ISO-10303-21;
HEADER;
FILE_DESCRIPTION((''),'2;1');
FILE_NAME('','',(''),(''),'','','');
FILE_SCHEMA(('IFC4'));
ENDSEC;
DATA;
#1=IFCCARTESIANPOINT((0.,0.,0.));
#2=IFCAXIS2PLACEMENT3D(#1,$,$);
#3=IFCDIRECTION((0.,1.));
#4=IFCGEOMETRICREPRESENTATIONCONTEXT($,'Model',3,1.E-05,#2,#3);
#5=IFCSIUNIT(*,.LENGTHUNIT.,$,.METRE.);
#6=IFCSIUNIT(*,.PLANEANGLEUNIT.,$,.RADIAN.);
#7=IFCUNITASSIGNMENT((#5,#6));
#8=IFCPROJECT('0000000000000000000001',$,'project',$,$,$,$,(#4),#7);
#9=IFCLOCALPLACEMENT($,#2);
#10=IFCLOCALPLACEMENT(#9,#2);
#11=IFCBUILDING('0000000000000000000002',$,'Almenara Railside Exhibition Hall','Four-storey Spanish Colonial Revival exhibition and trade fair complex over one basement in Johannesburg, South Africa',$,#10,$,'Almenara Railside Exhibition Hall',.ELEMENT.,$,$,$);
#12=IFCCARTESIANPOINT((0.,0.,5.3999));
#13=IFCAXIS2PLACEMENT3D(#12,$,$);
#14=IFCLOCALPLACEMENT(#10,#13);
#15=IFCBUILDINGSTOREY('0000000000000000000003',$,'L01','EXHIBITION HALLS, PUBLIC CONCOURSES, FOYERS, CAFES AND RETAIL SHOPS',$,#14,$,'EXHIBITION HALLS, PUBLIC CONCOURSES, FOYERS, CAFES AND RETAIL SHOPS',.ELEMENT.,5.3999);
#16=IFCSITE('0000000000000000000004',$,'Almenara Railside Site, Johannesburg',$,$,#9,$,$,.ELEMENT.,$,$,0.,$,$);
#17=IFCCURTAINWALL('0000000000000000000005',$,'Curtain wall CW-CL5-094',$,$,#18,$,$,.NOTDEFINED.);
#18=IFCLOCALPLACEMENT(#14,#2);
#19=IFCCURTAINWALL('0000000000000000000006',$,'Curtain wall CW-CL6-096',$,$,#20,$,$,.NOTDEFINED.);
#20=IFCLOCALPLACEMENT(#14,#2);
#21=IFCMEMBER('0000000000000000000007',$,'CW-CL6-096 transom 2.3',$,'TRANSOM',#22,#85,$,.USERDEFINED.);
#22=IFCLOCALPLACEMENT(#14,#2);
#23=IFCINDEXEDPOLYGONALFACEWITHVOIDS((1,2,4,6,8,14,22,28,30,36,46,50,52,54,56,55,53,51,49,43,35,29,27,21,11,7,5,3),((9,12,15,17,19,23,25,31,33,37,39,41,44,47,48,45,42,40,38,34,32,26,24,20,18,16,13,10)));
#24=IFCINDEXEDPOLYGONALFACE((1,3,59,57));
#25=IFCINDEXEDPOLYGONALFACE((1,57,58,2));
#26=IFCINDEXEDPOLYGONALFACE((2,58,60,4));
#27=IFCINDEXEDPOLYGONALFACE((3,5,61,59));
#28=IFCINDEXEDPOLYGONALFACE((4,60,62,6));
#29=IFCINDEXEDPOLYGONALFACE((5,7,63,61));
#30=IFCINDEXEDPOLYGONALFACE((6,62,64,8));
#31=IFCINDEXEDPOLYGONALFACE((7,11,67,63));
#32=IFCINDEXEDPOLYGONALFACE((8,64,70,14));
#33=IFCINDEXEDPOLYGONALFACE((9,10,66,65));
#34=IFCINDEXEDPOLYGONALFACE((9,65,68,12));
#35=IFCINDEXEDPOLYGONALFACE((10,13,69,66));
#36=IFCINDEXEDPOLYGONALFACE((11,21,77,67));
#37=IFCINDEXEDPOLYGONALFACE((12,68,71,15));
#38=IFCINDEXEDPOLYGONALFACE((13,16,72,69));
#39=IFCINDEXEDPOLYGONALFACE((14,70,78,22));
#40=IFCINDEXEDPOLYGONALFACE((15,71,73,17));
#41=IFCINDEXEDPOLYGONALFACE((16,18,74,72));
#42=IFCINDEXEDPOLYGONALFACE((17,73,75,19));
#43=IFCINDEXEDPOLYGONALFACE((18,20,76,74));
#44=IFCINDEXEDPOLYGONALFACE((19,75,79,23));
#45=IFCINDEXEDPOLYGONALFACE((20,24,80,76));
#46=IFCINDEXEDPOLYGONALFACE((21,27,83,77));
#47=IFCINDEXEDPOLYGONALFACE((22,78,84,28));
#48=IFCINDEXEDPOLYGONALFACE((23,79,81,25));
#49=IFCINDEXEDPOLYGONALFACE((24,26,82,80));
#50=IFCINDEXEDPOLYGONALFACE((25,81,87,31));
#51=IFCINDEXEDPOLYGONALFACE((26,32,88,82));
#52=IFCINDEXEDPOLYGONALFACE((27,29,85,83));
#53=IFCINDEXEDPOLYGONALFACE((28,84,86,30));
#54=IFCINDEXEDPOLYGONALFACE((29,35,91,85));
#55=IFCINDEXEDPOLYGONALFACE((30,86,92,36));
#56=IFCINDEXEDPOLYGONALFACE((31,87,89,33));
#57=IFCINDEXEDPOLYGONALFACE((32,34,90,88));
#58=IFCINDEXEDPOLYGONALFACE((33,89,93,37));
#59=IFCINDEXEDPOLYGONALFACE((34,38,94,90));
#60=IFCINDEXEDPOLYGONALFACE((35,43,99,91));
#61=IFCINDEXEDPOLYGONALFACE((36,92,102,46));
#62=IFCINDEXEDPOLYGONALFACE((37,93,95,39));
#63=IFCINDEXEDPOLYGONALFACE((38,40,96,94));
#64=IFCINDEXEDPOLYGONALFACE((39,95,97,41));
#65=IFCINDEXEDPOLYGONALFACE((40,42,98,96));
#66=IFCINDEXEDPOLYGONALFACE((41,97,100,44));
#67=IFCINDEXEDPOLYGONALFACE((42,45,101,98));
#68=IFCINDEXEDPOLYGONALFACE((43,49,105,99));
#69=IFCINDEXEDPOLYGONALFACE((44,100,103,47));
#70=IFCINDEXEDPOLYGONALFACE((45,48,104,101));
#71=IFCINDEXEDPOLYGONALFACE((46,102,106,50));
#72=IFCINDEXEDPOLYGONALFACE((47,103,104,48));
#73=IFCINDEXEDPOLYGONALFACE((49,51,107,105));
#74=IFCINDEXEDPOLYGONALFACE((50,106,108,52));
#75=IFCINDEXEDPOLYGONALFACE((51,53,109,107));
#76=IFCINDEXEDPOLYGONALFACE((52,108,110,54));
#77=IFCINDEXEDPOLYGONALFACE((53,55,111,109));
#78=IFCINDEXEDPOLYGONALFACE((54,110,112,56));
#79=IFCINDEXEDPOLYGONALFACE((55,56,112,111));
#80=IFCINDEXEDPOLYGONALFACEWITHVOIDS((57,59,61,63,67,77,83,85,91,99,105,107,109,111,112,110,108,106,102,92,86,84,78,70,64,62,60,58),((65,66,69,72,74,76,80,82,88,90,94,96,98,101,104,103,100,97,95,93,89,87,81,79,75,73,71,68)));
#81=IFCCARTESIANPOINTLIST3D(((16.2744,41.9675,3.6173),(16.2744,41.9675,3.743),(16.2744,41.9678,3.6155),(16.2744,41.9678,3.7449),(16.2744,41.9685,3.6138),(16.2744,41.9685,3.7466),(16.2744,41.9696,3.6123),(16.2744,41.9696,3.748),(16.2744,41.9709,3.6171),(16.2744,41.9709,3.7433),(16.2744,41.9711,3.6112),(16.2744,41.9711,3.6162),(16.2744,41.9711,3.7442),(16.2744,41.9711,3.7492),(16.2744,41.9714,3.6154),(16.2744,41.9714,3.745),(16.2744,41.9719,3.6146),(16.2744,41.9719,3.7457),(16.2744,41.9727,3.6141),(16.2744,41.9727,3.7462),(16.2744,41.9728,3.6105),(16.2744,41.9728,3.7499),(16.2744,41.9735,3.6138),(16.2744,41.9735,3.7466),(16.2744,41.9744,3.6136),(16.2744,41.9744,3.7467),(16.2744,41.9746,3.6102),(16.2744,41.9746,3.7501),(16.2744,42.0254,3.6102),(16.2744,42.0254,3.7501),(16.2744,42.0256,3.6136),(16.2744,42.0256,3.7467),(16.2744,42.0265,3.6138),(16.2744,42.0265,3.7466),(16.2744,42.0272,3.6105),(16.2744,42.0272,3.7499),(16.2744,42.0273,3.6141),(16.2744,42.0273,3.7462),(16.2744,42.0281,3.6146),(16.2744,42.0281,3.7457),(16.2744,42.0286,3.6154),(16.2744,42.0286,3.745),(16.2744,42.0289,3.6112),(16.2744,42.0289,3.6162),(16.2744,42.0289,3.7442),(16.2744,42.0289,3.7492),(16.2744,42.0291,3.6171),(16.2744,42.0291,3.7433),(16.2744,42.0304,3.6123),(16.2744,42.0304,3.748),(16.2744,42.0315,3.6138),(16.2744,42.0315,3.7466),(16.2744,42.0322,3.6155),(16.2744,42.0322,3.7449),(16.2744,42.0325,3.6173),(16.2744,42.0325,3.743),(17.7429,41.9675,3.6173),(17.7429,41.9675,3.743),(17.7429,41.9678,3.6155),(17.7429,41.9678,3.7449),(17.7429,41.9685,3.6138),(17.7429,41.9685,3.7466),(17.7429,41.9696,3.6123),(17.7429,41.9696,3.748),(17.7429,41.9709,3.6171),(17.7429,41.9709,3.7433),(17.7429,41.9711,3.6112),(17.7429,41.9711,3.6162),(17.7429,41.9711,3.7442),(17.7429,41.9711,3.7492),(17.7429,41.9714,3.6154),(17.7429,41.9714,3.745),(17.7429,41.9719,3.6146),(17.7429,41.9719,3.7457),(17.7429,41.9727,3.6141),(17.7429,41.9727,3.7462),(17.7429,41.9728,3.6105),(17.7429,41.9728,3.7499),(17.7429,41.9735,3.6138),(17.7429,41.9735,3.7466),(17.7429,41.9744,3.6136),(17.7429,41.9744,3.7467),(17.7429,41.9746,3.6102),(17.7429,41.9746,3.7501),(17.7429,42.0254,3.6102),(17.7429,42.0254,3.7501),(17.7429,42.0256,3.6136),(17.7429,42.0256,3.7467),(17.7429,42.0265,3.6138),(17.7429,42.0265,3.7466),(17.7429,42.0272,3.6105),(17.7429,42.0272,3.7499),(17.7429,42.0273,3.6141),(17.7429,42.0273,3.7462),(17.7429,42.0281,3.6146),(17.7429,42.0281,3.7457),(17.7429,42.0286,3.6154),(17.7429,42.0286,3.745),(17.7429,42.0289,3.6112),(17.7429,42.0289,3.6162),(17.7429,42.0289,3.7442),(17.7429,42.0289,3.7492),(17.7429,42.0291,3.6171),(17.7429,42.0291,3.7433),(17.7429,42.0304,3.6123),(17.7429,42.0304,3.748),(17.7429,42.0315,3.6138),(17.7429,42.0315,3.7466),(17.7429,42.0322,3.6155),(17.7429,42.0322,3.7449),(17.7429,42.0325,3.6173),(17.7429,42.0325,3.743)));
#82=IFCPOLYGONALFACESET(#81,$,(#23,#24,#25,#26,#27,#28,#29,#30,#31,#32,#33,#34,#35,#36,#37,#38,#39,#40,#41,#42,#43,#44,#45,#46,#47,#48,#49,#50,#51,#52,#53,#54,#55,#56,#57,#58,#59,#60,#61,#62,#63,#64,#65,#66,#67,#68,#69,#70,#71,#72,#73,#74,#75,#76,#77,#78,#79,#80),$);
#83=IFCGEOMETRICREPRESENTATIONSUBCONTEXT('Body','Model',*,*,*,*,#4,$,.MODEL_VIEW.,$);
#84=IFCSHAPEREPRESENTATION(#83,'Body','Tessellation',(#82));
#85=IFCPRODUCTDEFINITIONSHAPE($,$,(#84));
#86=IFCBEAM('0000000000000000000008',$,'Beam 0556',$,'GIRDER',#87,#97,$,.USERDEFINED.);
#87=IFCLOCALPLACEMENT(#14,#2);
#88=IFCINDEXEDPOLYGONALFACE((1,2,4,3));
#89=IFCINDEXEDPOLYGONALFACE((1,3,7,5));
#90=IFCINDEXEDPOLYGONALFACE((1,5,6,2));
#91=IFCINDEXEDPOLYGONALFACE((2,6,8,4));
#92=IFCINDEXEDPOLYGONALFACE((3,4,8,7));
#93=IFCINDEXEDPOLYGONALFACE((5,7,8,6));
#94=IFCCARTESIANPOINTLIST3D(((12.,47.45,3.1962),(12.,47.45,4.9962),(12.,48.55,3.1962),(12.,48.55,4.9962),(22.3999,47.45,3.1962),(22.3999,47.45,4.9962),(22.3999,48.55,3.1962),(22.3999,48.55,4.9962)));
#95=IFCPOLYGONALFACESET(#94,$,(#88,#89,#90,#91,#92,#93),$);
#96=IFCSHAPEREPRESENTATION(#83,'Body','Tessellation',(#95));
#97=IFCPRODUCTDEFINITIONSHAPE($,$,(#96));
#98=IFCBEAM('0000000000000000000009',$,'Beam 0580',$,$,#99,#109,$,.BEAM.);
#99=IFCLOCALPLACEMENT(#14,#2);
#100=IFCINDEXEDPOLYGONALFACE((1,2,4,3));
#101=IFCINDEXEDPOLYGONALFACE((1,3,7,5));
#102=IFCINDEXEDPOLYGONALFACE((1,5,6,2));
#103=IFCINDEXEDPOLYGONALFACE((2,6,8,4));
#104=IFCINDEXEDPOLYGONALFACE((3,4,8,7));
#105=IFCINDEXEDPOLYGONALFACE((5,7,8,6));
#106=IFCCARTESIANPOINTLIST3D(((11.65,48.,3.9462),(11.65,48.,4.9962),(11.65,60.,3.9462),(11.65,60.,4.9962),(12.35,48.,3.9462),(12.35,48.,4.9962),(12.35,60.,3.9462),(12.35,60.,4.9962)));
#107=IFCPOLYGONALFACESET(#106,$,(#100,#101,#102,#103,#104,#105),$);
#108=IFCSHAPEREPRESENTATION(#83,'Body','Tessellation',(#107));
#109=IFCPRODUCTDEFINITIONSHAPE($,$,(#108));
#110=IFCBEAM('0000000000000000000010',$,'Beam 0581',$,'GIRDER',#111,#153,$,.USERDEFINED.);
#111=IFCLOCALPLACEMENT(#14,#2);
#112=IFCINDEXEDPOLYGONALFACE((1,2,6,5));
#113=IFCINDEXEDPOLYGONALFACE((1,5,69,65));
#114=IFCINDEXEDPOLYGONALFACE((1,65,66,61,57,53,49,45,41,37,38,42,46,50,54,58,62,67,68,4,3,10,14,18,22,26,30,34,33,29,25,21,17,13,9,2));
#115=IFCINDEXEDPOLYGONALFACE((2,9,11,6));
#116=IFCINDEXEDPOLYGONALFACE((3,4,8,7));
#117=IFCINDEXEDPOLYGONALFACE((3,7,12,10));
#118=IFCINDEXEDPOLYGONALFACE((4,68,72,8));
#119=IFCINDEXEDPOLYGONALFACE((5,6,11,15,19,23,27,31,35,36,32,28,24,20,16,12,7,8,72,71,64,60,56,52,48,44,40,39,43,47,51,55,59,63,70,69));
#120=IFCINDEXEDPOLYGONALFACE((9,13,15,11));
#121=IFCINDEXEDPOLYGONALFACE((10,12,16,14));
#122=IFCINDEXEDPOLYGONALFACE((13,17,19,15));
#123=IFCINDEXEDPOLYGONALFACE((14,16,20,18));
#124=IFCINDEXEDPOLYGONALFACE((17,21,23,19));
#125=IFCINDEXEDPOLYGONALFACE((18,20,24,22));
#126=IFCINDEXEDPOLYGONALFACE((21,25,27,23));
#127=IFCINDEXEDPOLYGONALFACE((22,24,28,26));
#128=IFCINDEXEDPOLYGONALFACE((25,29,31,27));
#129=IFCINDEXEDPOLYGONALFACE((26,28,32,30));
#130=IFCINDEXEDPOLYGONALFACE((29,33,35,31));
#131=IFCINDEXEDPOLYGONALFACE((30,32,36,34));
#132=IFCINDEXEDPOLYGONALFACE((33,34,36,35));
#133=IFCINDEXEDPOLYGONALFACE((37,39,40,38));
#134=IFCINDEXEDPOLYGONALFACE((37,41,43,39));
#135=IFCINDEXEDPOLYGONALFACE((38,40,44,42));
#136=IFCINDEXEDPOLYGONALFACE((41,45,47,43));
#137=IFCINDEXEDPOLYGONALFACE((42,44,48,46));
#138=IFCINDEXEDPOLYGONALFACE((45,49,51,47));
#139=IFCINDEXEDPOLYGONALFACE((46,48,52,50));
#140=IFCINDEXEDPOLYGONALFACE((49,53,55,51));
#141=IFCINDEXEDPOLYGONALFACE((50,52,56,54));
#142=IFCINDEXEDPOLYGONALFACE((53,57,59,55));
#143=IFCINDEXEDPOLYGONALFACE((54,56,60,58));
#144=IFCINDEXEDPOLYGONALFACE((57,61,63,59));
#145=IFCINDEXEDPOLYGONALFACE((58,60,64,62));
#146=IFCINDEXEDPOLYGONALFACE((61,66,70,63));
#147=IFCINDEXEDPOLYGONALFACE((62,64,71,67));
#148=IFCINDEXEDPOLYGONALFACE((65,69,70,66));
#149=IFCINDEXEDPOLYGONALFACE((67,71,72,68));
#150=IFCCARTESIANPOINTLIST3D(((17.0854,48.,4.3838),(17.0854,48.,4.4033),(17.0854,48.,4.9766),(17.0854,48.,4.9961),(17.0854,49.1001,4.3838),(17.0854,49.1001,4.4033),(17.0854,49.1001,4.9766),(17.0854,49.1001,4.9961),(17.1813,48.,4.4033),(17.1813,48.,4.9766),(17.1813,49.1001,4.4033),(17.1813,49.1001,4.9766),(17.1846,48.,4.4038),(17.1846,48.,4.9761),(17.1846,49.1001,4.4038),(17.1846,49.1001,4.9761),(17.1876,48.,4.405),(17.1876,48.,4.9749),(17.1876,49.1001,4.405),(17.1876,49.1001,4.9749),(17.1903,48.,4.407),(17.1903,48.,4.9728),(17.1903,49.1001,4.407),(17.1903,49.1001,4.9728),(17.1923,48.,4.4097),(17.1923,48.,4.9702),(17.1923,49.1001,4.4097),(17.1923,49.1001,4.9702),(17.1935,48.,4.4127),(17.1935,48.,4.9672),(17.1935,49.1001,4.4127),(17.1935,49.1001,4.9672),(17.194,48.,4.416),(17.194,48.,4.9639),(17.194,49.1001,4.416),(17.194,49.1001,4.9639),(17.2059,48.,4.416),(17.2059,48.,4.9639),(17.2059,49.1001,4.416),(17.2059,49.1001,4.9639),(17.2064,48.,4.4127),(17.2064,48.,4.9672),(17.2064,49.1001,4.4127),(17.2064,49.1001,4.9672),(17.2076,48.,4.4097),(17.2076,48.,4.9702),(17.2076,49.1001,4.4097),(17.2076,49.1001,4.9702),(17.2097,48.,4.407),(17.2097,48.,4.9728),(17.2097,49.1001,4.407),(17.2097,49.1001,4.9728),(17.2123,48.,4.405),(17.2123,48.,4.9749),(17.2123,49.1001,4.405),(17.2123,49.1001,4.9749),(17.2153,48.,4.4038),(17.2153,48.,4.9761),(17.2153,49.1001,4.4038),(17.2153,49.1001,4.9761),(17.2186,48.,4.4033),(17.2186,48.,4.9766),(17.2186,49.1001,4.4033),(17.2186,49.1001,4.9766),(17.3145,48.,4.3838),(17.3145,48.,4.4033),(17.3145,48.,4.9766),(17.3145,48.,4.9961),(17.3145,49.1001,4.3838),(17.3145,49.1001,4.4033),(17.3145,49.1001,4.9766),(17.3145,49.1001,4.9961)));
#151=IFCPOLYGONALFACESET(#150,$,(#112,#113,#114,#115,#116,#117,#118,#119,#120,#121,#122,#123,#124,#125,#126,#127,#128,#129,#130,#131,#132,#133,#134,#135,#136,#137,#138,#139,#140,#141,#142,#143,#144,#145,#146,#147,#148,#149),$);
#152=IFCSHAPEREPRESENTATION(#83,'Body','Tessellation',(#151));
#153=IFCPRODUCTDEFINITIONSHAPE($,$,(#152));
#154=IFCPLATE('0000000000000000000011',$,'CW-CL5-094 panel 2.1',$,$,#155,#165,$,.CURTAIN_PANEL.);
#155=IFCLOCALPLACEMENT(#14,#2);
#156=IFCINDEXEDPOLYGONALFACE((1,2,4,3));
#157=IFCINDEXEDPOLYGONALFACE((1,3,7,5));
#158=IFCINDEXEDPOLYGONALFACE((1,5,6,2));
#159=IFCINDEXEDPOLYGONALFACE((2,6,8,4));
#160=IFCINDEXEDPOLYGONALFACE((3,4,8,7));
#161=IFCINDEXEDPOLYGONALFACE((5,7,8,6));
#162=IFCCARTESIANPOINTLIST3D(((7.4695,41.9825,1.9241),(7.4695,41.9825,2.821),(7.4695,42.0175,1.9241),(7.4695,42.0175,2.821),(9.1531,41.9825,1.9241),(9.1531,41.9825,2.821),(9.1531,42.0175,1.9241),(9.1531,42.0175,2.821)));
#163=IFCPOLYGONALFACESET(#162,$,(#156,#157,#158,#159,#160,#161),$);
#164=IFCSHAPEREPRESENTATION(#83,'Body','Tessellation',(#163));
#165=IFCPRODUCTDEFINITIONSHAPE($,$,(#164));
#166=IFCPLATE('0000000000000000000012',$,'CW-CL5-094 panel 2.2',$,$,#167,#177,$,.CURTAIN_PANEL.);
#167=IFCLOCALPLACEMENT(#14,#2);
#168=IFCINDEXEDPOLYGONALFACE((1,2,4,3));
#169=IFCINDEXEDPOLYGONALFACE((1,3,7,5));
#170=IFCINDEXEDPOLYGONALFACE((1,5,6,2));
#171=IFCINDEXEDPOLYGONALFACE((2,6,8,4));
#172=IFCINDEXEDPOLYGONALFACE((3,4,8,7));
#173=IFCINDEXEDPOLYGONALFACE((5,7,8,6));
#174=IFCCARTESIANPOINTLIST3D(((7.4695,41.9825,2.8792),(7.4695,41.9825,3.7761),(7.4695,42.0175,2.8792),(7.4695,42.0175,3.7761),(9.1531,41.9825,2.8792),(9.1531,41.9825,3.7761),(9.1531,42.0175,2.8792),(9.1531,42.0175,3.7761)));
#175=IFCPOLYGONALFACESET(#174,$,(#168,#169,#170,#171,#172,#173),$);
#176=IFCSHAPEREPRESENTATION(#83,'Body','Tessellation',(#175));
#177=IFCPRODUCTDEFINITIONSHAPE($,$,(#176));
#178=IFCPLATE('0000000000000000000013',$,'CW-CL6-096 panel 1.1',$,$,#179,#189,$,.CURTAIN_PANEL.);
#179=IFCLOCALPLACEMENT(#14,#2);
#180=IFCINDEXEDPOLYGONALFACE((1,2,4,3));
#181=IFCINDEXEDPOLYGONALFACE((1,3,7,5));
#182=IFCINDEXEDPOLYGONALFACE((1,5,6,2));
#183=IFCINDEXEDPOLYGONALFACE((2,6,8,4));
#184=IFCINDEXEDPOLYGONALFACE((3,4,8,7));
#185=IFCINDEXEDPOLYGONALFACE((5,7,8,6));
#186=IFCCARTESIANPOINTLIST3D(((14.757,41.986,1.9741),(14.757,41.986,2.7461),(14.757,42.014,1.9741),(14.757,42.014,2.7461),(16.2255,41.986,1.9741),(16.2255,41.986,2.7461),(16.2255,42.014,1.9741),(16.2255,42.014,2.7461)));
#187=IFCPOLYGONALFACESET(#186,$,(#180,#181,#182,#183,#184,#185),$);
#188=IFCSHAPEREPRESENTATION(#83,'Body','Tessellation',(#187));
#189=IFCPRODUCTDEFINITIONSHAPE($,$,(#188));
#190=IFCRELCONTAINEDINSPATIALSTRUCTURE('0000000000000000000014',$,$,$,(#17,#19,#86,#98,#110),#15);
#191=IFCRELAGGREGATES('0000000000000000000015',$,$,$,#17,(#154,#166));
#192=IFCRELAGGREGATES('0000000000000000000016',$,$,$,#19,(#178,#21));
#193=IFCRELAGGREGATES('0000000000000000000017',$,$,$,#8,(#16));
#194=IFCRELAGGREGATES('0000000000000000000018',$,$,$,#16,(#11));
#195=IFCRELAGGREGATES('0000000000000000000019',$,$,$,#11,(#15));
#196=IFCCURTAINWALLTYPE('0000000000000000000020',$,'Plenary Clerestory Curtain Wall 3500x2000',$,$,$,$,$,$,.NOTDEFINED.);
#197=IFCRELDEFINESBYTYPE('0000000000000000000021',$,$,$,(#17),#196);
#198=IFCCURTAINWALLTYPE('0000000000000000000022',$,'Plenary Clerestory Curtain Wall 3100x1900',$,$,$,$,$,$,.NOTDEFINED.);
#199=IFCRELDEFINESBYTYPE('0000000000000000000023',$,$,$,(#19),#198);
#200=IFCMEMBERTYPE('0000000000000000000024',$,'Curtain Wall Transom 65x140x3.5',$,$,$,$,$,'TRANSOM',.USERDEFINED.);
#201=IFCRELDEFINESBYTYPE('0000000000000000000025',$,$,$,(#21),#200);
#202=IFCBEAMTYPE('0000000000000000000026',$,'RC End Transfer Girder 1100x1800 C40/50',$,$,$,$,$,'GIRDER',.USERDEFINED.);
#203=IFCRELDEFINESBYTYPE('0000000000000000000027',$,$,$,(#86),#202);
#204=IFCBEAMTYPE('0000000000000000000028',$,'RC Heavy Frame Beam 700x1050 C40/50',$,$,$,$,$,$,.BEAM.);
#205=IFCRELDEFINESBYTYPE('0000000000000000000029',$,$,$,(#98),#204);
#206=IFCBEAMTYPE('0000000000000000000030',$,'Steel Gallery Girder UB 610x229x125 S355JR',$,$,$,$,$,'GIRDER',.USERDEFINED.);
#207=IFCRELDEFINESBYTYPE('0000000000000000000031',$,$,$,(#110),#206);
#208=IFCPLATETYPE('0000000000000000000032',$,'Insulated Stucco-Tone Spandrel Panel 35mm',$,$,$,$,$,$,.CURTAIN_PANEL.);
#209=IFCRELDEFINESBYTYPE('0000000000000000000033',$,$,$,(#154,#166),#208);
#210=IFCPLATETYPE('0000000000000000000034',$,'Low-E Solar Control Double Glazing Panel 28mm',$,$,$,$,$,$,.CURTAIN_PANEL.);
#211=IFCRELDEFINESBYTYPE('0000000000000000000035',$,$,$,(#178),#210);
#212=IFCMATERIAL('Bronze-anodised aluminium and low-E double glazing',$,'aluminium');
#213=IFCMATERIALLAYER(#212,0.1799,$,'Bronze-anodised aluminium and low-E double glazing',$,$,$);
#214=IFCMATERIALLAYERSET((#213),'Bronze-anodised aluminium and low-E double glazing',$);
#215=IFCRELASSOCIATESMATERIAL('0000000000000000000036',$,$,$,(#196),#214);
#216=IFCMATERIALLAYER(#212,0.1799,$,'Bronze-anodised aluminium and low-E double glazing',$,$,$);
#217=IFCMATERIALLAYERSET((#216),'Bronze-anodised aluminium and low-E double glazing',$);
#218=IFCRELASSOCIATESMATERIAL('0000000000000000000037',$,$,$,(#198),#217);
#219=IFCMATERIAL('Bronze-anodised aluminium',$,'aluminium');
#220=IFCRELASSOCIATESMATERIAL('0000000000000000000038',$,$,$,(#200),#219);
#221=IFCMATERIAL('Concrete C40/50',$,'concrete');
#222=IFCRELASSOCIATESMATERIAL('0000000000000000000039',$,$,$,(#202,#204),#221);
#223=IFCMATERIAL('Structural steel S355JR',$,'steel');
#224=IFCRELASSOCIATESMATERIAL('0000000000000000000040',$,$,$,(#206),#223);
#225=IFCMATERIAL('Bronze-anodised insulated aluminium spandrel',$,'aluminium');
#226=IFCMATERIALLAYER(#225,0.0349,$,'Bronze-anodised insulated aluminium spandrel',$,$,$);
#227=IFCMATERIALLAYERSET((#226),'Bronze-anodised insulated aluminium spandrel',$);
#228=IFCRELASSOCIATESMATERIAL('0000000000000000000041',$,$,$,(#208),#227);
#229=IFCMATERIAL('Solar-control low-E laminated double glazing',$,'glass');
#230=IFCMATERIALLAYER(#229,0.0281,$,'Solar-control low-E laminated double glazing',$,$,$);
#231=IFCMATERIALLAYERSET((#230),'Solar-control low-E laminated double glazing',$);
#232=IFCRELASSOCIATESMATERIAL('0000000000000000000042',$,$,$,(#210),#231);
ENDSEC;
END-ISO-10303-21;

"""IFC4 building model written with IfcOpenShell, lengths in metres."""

from ifc_helpers import new_model, si_unit, direction, frame, origin, origin_2d, place, context, subcontext, project, spatial, rectangle, hollow_rectangle, i_section, extrude, material, layer, layer_set, material_profile, profile_set, type_object, element, aggregate, save


model = new_model("IFC4")

# Units and contexts
model_context = context("Model", 3, precision=1e-05, world=origin(), true_north=direction((0.0, 1.0)))
body_context = subcontext(model_context, "Body", "Model", "MODEL_VIEW")
ifc_project = project(units=[si_unit("LENGTHUNIT", "METRE"), si_unit("PLANEANGLEUNIT", "RADIAN")], contexts=[model_context])

# Site, building, storey
site_placement = place(None, origin())
site = spatial("IfcSite", under=ifc_project, at=site_placement, Name="Almenara Railside Site, Johannesburg", CompositionType="ELEMENT", RefElevation=0.0)
building_placement = place(site_placement, origin())
building = spatial("IfcBuilding", under=site, at=building_placement, Name="Almenara Railside Exhibition Hall", Description="Four-storey Spanish Colonial Revival exhibition and trade fair complex over one basement in Johannesburg, South Africa", LongName="Almenara Railside Exhibition Hall", CompositionType="ELEMENT")
storey_placement = place(building_placement, frame((0.0, 0.0, 5.3999)))
storey = spatial("IfcBuildingStorey", under=building, at=storey_placement, Name="L01", Description="EXHIBITION HALLS, PUBLIC CONCOURSES, FOYERS, CAFES AND RETAIL SHOPS", LongName="EXHIBITION HALLS, PUBLIC CONCOURSES, FOYERS, CAFES AND RETAIL SHOPS", CompositionType="ELEMENT", Elevation=5.3999)

# Shared definitions
ifc_material_1 = material(Name="Concrete C40/50", Category="concrete")

# Curtain wall
ifc_material_2 = material(Name="Bronze-anodised aluminium and low-E double glazing", Category="aluminium")
ifc_layer_1 = layer(ifc_material_2, 0.1799, Name="Bronze-anodised aluminium and low-E double glazing")
ifc_layer_set_1 = layer_set([ifc_layer_1], Name="Bronze-anodised aluminium and low-E double glazing")
curtain_wall_type_1 = type_object("IfcCurtainWallType", Name="Plenary Clerestory Curtain Wall 3500x2000", PredefinedType="NOTDEFINED", material=ifc_layer_set_1)
curtain_wall_1_placement = place(storey_placement, origin())
curtain_wall_1 = element("IfcCurtainWall", 1, at=curtain_wall_1_placement, inside=storey, type_object=curtain_wall_type_1, Name="Curtain wall CW-CL5-094", PredefinedType="NOTDEFINED")
ifc_material_3 = material(Name="Bronze-anodised aluminium", Category="aluminium")

# Curtain wall, member
ifc_layer_2 = layer(ifc_material_2, 0.1799, Name="Bronze-anodised aluminium and low-E double glazing")
ifc_layer_set_2 = layer_set([ifc_layer_2], Name="Bronze-anodised aluminium and low-E double glazing")
curtain_wall_type_2 = type_object("IfcCurtainWallType", Name="Plenary Clerestory Curtain Wall 3100x1900", PredefinedType="NOTDEFINED", material=ifc_layer_set_2)
curtain_wall_2_placement = place(storey_placement, origin())
curtain_wall_2 = element("IfcCurtainWall", 2, at=curtain_wall_2_placement, inside=storey, type_object=curtain_wall_type_2, Name="Curtain wall CW-CL6-096", PredefinedType="NOTDEFINED")
ifc_material_profile_1 = material_profile(ifc_material_3, hollow_rectangle(XDim=0.0649, YDim=0.1399, WallThickness=0.0034, InnerFilletRadius=0.0034, OuterFilletRadius=0.0071, at=origin_2d()), Name="ALU-TRN 65x140x3.5")
ifc_profile_set_1 = profile_set([ifc_material_profile_1], Name="Bronze-anodised aluminium")
member_type_1 = type_object("IfcMemberType", Name="Curtain Wall Transom 65x140x3.5", ElementType="TRANSOM", PredefinedType="USERDEFINED", material=ifc_profile_set_1)
member_1_placement = place(storey_placement, frame((16.2744, 42.0, 3.6802), z_axis=(1.0, 0.0, 0.0), x_axis=(0.0, 1.0, 0.0)))
member_1 = element("IfcMember", 3, at=member_1_placement, type_object=member_type_1, Name="CW-CL6-096 transom 2.3", ObjectType="TRANSOM", PredefinedType="USERDEFINED", context=body_context, shape_type="SweptSolid", body=[
    extrude(hollow_rectangle(XDim=0.0649, YDim=0.1399, WallThickness=0.0034, InnerFilletRadius=0.0034, OuterFilletRadius=0.0071, at=origin_2d()), origin(), (0.0, 0.0, 1.0), 1.4685),
])

# Beams
ifc_material_profile_2 = material_profile(ifc_material_1, rectangle(XDim=1.1001, YDim=1.8, at=origin_2d()), Name="RC 1100x1800")
ifc_profile_set_2 = profile_set([ifc_material_profile_2], Name="Concrete C40/50")
beam_type_1 = type_object("IfcBeamType", Name="RC End Transfer Girder 1100x1800 C40/50", ElementType="GIRDER", PredefinedType="USERDEFINED", material=ifc_profile_set_2)
beam_1_placement = place(storey_placement, frame((12.0, 48.0, 4.0962), z_axis=(1.0, 0.0, 0.0), x_axis=(0.0, 1.0, 0.0)))
element("IfcBeam", 4, at=beam_1_placement, inside=storey, type_object=beam_type_1, Name="Beam 0556", ObjectType="GIRDER", PredefinedType="USERDEFINED", context=body_context, shape_type="SweptSolid", body=[
    extrude(rectangle(XDim=1.1001, YDim=1.8, at=origin_2d()), origin(), (0.0, 0.0, 1.0), 10.3999),
])
ifc_material_profile_3 = material_profile(ifc_material_1, rectangle(XDim=0.7, YDim=1.05, at=origin_2d()), Name="RC 700x1050")
ifc_profile_set_3 = profile_set([ifc_material_profile_3], Name="Concrete C40/50")
beam_type_2 = type_object("IfcBeamType", Name="RC Heavy Frame Beam 700x1050 C40/50", PredefinedType="BEAM", material=ifc_profile_set_3)
beam_2_placement = place(storey_placement, frame((12.0, 48.0, 4.4712), z_axis=(0.0, 1.0, 0.0), x_axis=(-1.0, 0.0, 0.0)))
element("IfcBeam", 5, at=beam_2_placement, inside=storey, type_object=beam_type_2, Name="Beam 0580", PredefinedType="BEAM", context=body_context, shape_type="SweptSolid", body=[
    extrude(rectangle(XDim=0.7, YDim=1.05, at=origin_2d()), origin(), (0.0, 0.0, 1.0), 12.0),
])
ifc_material_4 = material(Name="Structural steel S355JR", Category="steel")
ifc_material_profile_4 = material_profile(ifc_material_4, i_section(OverallWidth=0.229, OverallDepth=0.6123, WebThickness=0.012, FlangeThickness=0.0195, FilletRadius=0.0127, at=origin_2d()), Name="UB 610x229x125")
ifc_profile_set_4 = profile_set([ifc_material_profile_4], Name="Structural steel S355JR")
beam_type_3 = type_object("IfcBeamType", Name="Steel Gallery Girder UB 610x229x125 S355JR", ElementType="GIRDER", PredefinedType="USERDEFINED", material=ifc_profile_set_4)
beam_3_placement = place(storey_placement, frame((17.2, 48.0, 4.6899), z_axis=(0.0, 1.0, 0.0), x_axis=(-1.0, 0.0, 0.0)))
element("IfcBeam", 6, at=beam_3_placement, inside=storey, type_object=beam_type_3, Name="Beam 0581", ObjectType="GIRDER", PredefinedType="USERDEFINED", context=body_context, shape_type="SweptSolid", body=[
    extrude(i_section(OverallWidth=0.229, OverallDepth=0.6123, WebThickness=0.012, FlangeThickness=0.0195, FilletRadius=0.0127, at=origin_2d()), origin(), (0.0, 0.0, 1.0), 1.1001),
])

# Plates
ifc_material_5 = material(Name="Bronze-anodised insulated aluminium spandrel", Category="aluminium")
ifc_layer_3 = layer(ifc_material_5, 0.0349, Name="Bronze-anodised insulated aluminium spandrel")
ifc_layer_set_3 = layer_set([ifc_layer_3], Name="Bronze-anodised insulated aluminium spandrel")
plate_type_1 = type_object("IfcPlateType", Name="Insulated Stucco-Tone Spandrel Panel 35mm", PredefinedType="CURTAIN_PANEL", material=ifc_layer_set_3)
plate_1_placement = place(storey_placement, frame((8.3113, 42.0, 1.9241), z_axis=(0.0, 0.0, 1.0), x_axis=(1.0, 0.0, 0.0)))
plate_1 = element("IfcPlate", 7, at=plate_1_placement, type_object=plate_type_1, Name="CW-CL5-094 panel 2.1", PredefinedType="CURTAIN_PANEL", context=body_context, shape_type="SweptSolid", body=[
    extrude(rectangle(XDim=1.6836, YDim=0.0349, at=origin_2d()), origin(), (0.0, 0.0, 1.0), 0.897),
])
plate_2_placement = place(storey_placement, frame((8.3113, 42.0, 2.8792), z_axis=(0.0, 0.0, 1.0), x_axis=(1.0, 0.0, 0.0)))
plate_2 = element("IfcPlate", 8, at=plate_2_placement, type_object=plate_type_1, Name="CW-CL5-094 panel 2.2", PredefinedType="CURTAIN_PANEL", context=body_context, shape_type="SweptSolid", body=[
    extrude(rectangle(XDim=1.6836, YDim=0.0349, at=origin_2d()), origin(), (0.0, 0.0, 1.0), 0.897),
])
aggregate(curtain_wall_1, [plate_1, plate_2])
ifc_material_6 = material(Name="Solar-control low-E laminated double glazing", Category="glass")
ifc_layer_4 = layer(ifc_material_6, 0.0281, Name="Solar-control low-E laminated double glazing")
ifc_layer_set_4 = layer_set([ifc_layer_4], Name="Solar-control low-E laminated double glazing")
plate_type_2 = type_object("IfcPlateType", Name="Low-E Solar Control Double Glazing Panel 28mm", PredefinedType="CURTAIN_PANEL", material=ifc_layer_set_4)
plate_3_placement = place(storey_placement, frame((15.4912, 42.0, 1.9741), z_axis=(0.0, 0.0, 1.0), x_axis=(1.0, 0.0, 0.0)))
plate_3 = element("IfcPlate", 9, at=plate_3_placement, type_object=plate_type_2, Name="CW-CL6-096 panel 1.1", PredefinedType="CURTAIN_PANEL", context=body_context, shape_type="SweptSolid", body=[
    extrude(rectangle(XDim=1.4685, YDim=0.0281, at=origin_2d()), origin(), (0.0, 0.0, 1.0), 0.772),
])
aggregate(curtain_wall_2, [plate_3, member_1])

save(model, "model.ifc")
